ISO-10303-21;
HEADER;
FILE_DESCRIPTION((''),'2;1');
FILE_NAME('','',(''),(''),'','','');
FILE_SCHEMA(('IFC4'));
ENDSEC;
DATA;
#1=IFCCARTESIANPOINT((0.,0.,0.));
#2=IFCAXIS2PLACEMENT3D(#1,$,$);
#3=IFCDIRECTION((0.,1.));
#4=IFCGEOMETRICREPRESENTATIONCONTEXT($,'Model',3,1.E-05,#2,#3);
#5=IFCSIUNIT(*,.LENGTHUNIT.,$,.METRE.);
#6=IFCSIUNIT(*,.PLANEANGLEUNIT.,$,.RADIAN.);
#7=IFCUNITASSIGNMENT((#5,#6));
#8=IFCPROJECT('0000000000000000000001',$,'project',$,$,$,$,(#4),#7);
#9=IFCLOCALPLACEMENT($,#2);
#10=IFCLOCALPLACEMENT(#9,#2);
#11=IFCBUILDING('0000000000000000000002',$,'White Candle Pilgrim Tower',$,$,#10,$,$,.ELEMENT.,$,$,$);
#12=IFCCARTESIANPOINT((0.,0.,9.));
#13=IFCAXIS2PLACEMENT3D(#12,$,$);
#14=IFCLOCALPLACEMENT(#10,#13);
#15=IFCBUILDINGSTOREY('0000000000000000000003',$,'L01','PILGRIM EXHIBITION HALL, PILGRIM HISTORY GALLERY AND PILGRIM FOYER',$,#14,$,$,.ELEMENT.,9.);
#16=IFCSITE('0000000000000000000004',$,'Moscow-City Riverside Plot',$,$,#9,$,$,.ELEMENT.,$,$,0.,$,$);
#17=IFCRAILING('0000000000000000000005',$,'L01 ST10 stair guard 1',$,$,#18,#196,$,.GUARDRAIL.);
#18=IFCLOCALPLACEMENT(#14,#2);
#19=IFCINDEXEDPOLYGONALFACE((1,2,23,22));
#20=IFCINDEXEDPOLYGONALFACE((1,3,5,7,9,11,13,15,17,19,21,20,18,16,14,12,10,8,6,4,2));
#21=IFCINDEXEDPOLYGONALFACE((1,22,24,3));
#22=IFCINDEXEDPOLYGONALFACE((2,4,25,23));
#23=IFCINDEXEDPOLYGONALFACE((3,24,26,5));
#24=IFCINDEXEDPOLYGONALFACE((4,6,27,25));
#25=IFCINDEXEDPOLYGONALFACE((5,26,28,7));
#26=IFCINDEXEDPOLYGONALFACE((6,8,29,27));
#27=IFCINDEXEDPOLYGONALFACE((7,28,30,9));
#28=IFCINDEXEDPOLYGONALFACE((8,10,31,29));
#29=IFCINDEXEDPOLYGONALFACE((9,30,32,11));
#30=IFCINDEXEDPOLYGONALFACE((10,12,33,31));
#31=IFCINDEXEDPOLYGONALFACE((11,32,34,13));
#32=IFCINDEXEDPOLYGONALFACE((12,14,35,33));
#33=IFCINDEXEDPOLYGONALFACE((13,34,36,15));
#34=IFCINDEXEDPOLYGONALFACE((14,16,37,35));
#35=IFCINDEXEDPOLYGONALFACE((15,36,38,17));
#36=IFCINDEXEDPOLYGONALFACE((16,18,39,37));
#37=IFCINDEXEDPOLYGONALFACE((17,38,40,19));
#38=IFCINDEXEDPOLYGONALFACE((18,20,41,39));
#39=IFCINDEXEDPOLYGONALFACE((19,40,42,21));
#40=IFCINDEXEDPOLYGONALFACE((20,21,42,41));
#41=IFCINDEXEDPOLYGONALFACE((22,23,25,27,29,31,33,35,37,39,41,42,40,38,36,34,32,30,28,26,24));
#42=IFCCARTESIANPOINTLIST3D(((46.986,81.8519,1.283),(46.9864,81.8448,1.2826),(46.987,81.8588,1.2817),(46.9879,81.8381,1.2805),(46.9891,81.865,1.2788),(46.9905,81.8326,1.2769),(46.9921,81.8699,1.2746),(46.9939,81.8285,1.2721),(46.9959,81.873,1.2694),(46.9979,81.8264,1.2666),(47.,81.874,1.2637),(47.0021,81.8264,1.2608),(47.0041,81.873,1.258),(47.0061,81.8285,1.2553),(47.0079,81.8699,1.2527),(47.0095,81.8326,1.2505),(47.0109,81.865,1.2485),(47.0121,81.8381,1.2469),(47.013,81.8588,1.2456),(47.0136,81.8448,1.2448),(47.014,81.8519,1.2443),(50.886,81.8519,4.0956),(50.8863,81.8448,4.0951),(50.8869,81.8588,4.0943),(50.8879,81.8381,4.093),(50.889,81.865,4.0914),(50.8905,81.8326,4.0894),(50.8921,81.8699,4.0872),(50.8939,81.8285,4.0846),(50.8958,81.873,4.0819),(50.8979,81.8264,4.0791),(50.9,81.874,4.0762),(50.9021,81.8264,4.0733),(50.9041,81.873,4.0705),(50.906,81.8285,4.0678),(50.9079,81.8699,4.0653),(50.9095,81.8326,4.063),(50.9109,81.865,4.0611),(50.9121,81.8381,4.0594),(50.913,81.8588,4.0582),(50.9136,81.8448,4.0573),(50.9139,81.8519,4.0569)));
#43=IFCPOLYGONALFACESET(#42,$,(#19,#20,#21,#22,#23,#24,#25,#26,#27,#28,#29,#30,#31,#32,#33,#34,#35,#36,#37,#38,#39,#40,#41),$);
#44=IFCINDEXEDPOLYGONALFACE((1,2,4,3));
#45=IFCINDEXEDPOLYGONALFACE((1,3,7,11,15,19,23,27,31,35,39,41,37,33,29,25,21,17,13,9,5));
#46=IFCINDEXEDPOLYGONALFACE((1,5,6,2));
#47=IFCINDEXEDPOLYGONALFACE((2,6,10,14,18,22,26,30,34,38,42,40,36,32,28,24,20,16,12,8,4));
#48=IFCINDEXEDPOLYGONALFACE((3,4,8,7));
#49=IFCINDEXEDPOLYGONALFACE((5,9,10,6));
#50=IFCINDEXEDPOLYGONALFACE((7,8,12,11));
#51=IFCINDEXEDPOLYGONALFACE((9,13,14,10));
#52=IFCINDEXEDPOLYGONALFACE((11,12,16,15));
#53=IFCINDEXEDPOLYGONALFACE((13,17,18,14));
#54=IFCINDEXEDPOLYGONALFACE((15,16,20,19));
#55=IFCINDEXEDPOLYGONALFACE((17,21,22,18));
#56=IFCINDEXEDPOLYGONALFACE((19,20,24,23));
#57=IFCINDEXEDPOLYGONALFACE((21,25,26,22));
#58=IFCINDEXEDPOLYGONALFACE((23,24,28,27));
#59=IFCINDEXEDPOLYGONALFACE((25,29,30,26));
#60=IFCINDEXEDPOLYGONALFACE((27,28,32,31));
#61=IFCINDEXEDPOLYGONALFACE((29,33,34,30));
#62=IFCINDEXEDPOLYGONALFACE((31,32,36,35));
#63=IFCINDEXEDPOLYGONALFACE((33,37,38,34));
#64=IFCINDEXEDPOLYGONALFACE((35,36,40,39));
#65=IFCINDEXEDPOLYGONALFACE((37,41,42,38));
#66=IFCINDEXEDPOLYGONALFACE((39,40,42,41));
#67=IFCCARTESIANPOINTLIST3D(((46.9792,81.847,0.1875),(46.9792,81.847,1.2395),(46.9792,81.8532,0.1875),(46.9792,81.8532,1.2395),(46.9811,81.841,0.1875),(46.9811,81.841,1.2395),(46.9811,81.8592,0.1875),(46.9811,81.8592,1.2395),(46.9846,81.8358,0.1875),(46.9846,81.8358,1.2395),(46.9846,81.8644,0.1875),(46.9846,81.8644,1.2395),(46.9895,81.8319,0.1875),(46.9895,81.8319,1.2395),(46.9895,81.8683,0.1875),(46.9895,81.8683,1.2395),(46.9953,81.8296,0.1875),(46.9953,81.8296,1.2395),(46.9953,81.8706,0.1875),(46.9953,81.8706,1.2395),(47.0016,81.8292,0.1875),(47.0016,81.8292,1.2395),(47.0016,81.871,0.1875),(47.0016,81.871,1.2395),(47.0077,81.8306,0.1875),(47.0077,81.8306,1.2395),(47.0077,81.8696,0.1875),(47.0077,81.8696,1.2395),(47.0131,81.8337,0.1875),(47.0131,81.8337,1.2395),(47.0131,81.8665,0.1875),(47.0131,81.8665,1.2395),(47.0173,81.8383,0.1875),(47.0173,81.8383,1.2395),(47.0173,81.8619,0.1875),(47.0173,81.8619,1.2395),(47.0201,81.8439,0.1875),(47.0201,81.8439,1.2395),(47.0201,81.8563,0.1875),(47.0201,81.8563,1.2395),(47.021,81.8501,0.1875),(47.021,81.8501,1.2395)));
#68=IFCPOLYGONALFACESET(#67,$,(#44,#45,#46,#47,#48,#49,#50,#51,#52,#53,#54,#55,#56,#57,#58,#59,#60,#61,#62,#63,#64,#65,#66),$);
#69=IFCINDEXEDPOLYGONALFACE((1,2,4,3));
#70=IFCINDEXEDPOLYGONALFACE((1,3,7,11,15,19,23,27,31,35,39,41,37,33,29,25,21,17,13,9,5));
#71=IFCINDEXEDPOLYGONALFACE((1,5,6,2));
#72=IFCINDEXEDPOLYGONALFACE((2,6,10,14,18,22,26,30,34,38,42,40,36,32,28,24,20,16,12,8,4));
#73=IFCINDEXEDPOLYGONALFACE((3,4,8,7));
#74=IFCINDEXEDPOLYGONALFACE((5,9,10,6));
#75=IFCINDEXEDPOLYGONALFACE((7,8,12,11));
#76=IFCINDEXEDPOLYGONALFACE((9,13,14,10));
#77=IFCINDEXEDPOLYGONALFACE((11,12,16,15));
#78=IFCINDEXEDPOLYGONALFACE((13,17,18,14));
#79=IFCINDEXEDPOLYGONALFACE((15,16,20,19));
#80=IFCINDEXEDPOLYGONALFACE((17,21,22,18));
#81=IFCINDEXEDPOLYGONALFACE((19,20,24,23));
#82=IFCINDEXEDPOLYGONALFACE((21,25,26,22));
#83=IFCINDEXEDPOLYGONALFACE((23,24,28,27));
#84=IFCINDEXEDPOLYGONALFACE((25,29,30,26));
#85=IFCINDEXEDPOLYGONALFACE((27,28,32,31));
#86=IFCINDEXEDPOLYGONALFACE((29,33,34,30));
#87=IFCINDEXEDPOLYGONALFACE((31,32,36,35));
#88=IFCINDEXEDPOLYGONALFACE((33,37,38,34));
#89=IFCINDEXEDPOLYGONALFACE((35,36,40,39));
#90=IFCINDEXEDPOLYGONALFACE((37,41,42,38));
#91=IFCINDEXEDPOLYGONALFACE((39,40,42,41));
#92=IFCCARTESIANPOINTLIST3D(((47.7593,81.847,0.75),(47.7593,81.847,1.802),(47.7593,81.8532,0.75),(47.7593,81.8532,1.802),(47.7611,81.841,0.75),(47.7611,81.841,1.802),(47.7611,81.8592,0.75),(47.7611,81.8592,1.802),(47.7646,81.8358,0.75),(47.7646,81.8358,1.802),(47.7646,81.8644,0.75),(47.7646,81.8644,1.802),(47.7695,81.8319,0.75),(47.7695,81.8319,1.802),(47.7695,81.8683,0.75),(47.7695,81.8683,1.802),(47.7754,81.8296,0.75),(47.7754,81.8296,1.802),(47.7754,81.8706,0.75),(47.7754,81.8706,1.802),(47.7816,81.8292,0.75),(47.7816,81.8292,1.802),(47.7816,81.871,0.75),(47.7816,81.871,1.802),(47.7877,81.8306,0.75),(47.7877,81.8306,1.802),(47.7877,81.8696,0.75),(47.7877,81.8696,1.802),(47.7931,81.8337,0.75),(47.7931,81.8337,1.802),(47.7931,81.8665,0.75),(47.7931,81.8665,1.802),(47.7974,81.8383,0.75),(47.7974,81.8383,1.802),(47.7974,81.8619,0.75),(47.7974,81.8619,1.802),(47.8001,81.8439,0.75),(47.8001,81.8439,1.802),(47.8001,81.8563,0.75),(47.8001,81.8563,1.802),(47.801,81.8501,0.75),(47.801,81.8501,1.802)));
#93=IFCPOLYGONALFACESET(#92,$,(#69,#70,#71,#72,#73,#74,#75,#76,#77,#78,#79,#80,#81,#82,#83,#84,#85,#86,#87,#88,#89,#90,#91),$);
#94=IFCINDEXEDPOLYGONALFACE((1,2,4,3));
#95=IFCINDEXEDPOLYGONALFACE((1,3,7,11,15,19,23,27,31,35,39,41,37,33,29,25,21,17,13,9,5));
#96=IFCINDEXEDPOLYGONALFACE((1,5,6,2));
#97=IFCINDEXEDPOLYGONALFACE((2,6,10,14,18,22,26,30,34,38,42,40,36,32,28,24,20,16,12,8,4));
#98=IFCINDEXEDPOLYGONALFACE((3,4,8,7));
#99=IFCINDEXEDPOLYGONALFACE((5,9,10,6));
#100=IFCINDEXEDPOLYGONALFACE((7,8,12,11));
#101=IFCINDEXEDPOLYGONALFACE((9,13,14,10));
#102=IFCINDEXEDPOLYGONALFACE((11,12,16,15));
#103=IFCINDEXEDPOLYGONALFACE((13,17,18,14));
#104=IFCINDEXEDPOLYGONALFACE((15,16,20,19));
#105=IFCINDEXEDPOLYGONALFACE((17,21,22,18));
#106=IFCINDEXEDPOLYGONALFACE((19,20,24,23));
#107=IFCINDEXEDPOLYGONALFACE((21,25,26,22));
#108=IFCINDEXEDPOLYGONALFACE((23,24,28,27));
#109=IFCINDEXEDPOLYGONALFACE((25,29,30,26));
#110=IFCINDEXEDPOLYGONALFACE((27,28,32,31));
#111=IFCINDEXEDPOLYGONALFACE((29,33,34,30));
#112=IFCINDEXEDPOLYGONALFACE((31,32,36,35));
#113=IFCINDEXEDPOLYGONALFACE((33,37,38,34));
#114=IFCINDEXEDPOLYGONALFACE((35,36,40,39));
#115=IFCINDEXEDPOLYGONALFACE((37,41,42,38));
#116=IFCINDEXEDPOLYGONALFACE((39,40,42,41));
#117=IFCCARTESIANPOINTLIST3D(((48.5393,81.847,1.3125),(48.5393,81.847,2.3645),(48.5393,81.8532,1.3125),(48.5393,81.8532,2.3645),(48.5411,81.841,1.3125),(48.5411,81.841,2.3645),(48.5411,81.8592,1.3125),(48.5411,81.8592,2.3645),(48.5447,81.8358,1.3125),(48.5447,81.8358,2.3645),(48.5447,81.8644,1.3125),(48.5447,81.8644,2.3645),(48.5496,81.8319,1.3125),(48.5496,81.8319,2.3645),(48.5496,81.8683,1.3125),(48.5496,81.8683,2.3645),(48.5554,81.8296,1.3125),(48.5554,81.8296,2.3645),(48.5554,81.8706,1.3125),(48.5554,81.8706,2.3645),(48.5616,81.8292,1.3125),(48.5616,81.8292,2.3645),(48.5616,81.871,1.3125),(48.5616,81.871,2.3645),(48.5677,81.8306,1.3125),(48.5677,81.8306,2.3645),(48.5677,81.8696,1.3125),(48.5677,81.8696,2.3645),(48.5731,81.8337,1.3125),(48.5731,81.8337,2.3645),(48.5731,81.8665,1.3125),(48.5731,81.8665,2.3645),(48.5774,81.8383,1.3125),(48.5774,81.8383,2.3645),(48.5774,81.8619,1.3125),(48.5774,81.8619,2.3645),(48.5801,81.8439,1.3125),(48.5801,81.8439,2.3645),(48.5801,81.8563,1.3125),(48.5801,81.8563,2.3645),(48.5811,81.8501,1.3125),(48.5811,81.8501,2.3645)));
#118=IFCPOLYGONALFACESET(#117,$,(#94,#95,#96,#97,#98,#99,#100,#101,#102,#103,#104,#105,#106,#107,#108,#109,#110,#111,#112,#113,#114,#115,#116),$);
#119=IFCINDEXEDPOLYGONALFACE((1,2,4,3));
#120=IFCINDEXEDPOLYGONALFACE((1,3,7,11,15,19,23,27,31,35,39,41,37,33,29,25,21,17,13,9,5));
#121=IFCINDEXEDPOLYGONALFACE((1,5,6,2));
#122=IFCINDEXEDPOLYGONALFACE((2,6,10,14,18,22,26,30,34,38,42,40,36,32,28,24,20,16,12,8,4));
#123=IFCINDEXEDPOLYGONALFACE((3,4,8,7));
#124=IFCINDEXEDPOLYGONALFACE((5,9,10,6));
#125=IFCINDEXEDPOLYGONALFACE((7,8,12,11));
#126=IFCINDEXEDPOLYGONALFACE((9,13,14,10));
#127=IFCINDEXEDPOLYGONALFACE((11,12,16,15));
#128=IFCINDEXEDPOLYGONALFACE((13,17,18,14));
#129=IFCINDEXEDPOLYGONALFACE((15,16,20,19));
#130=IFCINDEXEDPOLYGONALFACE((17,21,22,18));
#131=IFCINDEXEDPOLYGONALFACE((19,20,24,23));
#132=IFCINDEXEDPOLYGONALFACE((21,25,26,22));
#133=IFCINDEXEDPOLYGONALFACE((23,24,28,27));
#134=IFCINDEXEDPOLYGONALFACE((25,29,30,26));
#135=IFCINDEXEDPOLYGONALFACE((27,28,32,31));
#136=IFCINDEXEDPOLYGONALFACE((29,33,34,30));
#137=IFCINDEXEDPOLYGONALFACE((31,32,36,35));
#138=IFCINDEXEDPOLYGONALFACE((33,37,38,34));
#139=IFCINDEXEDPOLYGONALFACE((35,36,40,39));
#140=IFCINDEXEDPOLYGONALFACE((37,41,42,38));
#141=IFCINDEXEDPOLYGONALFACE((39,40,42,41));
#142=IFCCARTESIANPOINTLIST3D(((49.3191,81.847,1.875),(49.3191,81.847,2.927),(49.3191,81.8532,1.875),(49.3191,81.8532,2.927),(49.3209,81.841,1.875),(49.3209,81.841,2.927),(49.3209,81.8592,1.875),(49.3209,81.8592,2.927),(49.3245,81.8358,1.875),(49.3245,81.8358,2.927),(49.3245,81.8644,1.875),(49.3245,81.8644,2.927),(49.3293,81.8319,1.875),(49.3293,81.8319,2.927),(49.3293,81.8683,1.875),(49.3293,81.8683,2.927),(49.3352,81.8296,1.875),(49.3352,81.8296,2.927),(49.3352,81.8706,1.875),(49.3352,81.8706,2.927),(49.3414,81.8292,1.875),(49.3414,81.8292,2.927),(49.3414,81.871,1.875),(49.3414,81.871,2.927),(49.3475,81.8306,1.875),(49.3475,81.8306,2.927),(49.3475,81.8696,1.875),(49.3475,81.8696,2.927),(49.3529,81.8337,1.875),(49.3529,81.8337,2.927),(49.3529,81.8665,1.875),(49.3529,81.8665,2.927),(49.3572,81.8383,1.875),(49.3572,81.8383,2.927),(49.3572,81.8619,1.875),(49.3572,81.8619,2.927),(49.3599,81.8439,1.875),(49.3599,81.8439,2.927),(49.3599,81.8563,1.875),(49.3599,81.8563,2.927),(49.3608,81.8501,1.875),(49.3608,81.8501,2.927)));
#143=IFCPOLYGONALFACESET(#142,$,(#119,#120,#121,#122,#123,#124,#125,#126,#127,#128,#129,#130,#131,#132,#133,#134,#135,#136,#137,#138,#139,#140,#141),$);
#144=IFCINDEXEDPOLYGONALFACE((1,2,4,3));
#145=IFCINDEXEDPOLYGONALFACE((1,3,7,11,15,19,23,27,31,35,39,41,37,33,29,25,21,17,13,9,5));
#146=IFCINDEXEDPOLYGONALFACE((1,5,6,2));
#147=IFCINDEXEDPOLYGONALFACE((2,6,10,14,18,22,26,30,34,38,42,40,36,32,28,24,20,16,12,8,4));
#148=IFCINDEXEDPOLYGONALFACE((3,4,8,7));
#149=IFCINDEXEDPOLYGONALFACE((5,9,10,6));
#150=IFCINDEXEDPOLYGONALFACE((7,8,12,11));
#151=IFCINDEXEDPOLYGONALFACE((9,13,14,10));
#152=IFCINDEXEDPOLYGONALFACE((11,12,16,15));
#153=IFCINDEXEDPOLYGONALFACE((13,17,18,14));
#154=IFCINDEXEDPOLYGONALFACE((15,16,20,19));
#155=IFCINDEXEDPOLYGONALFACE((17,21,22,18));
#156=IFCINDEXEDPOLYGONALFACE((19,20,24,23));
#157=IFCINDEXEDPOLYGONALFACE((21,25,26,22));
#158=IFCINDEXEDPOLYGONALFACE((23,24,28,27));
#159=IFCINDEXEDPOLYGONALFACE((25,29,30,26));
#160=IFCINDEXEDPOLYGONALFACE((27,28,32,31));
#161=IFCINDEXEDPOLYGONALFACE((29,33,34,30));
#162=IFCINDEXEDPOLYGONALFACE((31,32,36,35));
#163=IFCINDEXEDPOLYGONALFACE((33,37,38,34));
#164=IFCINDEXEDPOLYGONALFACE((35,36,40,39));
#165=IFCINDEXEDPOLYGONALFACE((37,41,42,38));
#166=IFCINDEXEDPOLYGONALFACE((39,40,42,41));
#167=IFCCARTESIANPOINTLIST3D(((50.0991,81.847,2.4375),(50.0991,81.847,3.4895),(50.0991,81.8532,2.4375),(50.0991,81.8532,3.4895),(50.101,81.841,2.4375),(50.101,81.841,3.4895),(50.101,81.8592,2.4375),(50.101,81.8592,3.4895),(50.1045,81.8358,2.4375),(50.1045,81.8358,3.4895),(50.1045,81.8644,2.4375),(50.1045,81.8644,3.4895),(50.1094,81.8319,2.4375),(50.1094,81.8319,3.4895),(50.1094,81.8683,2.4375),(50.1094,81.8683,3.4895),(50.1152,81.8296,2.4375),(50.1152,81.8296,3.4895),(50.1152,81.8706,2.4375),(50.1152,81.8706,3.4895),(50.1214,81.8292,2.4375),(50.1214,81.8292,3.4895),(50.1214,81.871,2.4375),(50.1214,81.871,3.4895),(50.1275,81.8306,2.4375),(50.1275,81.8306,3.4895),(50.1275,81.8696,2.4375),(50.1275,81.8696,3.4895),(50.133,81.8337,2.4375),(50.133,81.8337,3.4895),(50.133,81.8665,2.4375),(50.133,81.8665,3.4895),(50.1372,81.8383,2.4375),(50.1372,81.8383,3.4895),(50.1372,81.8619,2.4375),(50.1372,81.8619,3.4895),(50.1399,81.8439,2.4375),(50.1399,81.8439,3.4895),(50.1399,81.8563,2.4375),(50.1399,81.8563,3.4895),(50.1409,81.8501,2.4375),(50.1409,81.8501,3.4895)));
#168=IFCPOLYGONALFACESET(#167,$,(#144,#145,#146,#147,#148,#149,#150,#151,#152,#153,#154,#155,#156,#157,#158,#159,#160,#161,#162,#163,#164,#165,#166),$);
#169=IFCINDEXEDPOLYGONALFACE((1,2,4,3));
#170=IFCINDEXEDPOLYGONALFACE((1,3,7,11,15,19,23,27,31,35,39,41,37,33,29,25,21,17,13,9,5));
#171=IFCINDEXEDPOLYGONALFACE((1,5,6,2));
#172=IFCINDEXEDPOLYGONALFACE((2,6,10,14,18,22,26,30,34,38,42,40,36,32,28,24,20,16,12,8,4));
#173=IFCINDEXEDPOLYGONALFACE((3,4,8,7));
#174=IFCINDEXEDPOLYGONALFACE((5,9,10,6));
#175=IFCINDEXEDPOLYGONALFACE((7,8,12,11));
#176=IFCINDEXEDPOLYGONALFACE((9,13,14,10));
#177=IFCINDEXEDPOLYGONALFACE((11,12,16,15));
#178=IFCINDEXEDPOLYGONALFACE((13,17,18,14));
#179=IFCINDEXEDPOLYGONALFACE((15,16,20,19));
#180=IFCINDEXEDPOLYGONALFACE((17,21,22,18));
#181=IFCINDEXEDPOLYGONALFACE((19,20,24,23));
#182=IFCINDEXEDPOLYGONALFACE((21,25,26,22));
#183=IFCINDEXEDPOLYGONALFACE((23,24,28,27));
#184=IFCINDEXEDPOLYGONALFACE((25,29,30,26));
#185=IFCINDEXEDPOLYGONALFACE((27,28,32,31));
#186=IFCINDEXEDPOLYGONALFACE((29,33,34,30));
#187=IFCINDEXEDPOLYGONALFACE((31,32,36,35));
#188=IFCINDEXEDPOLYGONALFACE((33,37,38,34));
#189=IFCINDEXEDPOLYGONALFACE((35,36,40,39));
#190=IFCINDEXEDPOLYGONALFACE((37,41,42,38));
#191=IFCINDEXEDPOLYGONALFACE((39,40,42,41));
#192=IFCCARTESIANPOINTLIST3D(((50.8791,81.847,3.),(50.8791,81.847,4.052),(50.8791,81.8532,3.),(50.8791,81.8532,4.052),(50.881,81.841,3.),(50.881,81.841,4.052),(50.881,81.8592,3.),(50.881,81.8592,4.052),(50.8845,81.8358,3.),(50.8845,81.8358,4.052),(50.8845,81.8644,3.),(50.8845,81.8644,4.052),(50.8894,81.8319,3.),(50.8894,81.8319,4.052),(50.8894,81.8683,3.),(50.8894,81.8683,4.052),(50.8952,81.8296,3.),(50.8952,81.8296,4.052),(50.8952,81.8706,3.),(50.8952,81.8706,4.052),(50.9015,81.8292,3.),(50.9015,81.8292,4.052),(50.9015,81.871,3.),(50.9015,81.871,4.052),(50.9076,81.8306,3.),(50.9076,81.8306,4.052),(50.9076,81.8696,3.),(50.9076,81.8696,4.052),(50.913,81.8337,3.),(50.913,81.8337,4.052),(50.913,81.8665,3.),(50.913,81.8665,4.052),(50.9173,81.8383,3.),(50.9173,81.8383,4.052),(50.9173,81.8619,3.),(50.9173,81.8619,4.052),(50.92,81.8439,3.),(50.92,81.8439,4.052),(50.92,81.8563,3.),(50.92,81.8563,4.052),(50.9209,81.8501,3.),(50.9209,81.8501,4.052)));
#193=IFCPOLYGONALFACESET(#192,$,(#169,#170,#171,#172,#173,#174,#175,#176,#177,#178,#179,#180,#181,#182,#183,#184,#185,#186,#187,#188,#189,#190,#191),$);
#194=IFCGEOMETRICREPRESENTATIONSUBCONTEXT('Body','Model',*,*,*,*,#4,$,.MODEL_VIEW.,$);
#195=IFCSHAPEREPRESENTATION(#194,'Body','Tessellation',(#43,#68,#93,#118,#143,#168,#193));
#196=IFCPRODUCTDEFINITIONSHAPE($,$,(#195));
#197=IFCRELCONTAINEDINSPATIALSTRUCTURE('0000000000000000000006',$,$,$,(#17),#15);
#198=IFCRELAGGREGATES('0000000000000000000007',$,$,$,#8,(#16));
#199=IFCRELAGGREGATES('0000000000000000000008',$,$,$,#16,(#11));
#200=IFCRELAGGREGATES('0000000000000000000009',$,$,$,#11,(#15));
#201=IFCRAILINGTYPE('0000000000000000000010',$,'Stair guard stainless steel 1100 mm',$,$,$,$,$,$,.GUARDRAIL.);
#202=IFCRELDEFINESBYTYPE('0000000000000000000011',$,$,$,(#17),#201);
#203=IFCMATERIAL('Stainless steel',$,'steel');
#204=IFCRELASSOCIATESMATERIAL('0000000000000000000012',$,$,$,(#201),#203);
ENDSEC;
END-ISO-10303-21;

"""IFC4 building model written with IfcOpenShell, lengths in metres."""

from ifc_helpers import new_model, si_unit, direction, frame, origin, origin_2d, place, context, subcontext, project, spatial, circle, extrude, material, type_object, element, save


model = new_model("IFC4")

# Units and contexts
model_context = context("Model", 3, precision=1e-05, world=origin(), true_north=direction((0.0, 1.0)))
body_context = subcontext(model_context, "Body", "Model", "MODEL_VIEW")
ifc_project = project(units=[si_unit("LENGTHUNIT", "METRE"), si_unit("PLANEANGLEUNIT", "RADIAN")], contexts=[model_context])

# Site, building, storey
site_placement = place(None, origin())
site = spatial("IfcSite", under=ifc_project, at=site_placement, Name="Moscow-City Riverside Plot", CompositionType="ELEMENT", RefElevation=0.0)
building_placement = place(site_placement, origin())
building = spatial("IfcBuilding", under=site, at=building_placement, Name="White Candle Pilgrim Tower", CompositionType="ELEMENT")
storey_placement = place(building_placement, frame((0.0, 0.0, 9.0)))
storey = spatial("IfcBuildingStorey", under=building, at=storey_placement, Name="L01", Description="PILGRIM EXHIBITION HALL, PILGRIM HISTORY GALLERY AND PILGRIM FOYER", CompositionType="ELEMENT", Elevation=9.0)

# Railing
ifc_material_1 = material(Name="Stainless steel", Category="steel")
railing_type_1 = type_object("IfcRailingType", Name="Stair guard stainless steel 1100 mm", PredefinedType="GUARDRAIL", material=ifc_material_1)
railing_1_placement = place(storey_placement, frame((47.0, 81.8501, 0.1875)))
element("IfcRailing", 1, at=railing_1_placement, inside=storey, type_object=railing_type_1, Name="L01 ST10 stair guard 1", PredefinedType="GUARDRAIL", context=body_context, shape_type="SweptSolid", body=[
    extrude(circle(Radius=0.0239, at=origin_2d()), frame((0.0, 0.0, 1.0762), z_axis=(0.811083, 0.0, 0.584931), x_axis=(0.0, 1.0, 0.0)), (0.0, 0.0, 1.0), 4.8083),
    extrude(circle(Radius=0.021, at=origin_2d()), origin(), (0.0, 0.0, 1.0), 1.052),
    extrude(circle(Radius=0.021, at=origin_2d()), frame((0.78, 0.0, 0.5625)), (0.0, 0.0, 1.0), 1.052),
    extrude(circle(Radius=0.021, at=origin_2d()), frame((1.5601, 0.0, 1.125)), (0.0, 0.0, 1.0), 1.052),
    extrude(circle(Radius=0.021, at=origin_2d()), frame((2.3398, 0.0, 1.6875)), (0.0, 0.0, 1.0), 1.052),
    extrude(circle(Radius=0.021, at=origin_2d()), frame((3.1199, 0.0, 2.25)), (0.0, 0.0, 1.0), 1.052),
    extrude(circle(Radius=0.021, at=origin_2d()), frame((3.8999, 0.0, 2.8125)), (0.0, 0.0, 1.0), 1.052),
])

save(model, "model.ifc")
